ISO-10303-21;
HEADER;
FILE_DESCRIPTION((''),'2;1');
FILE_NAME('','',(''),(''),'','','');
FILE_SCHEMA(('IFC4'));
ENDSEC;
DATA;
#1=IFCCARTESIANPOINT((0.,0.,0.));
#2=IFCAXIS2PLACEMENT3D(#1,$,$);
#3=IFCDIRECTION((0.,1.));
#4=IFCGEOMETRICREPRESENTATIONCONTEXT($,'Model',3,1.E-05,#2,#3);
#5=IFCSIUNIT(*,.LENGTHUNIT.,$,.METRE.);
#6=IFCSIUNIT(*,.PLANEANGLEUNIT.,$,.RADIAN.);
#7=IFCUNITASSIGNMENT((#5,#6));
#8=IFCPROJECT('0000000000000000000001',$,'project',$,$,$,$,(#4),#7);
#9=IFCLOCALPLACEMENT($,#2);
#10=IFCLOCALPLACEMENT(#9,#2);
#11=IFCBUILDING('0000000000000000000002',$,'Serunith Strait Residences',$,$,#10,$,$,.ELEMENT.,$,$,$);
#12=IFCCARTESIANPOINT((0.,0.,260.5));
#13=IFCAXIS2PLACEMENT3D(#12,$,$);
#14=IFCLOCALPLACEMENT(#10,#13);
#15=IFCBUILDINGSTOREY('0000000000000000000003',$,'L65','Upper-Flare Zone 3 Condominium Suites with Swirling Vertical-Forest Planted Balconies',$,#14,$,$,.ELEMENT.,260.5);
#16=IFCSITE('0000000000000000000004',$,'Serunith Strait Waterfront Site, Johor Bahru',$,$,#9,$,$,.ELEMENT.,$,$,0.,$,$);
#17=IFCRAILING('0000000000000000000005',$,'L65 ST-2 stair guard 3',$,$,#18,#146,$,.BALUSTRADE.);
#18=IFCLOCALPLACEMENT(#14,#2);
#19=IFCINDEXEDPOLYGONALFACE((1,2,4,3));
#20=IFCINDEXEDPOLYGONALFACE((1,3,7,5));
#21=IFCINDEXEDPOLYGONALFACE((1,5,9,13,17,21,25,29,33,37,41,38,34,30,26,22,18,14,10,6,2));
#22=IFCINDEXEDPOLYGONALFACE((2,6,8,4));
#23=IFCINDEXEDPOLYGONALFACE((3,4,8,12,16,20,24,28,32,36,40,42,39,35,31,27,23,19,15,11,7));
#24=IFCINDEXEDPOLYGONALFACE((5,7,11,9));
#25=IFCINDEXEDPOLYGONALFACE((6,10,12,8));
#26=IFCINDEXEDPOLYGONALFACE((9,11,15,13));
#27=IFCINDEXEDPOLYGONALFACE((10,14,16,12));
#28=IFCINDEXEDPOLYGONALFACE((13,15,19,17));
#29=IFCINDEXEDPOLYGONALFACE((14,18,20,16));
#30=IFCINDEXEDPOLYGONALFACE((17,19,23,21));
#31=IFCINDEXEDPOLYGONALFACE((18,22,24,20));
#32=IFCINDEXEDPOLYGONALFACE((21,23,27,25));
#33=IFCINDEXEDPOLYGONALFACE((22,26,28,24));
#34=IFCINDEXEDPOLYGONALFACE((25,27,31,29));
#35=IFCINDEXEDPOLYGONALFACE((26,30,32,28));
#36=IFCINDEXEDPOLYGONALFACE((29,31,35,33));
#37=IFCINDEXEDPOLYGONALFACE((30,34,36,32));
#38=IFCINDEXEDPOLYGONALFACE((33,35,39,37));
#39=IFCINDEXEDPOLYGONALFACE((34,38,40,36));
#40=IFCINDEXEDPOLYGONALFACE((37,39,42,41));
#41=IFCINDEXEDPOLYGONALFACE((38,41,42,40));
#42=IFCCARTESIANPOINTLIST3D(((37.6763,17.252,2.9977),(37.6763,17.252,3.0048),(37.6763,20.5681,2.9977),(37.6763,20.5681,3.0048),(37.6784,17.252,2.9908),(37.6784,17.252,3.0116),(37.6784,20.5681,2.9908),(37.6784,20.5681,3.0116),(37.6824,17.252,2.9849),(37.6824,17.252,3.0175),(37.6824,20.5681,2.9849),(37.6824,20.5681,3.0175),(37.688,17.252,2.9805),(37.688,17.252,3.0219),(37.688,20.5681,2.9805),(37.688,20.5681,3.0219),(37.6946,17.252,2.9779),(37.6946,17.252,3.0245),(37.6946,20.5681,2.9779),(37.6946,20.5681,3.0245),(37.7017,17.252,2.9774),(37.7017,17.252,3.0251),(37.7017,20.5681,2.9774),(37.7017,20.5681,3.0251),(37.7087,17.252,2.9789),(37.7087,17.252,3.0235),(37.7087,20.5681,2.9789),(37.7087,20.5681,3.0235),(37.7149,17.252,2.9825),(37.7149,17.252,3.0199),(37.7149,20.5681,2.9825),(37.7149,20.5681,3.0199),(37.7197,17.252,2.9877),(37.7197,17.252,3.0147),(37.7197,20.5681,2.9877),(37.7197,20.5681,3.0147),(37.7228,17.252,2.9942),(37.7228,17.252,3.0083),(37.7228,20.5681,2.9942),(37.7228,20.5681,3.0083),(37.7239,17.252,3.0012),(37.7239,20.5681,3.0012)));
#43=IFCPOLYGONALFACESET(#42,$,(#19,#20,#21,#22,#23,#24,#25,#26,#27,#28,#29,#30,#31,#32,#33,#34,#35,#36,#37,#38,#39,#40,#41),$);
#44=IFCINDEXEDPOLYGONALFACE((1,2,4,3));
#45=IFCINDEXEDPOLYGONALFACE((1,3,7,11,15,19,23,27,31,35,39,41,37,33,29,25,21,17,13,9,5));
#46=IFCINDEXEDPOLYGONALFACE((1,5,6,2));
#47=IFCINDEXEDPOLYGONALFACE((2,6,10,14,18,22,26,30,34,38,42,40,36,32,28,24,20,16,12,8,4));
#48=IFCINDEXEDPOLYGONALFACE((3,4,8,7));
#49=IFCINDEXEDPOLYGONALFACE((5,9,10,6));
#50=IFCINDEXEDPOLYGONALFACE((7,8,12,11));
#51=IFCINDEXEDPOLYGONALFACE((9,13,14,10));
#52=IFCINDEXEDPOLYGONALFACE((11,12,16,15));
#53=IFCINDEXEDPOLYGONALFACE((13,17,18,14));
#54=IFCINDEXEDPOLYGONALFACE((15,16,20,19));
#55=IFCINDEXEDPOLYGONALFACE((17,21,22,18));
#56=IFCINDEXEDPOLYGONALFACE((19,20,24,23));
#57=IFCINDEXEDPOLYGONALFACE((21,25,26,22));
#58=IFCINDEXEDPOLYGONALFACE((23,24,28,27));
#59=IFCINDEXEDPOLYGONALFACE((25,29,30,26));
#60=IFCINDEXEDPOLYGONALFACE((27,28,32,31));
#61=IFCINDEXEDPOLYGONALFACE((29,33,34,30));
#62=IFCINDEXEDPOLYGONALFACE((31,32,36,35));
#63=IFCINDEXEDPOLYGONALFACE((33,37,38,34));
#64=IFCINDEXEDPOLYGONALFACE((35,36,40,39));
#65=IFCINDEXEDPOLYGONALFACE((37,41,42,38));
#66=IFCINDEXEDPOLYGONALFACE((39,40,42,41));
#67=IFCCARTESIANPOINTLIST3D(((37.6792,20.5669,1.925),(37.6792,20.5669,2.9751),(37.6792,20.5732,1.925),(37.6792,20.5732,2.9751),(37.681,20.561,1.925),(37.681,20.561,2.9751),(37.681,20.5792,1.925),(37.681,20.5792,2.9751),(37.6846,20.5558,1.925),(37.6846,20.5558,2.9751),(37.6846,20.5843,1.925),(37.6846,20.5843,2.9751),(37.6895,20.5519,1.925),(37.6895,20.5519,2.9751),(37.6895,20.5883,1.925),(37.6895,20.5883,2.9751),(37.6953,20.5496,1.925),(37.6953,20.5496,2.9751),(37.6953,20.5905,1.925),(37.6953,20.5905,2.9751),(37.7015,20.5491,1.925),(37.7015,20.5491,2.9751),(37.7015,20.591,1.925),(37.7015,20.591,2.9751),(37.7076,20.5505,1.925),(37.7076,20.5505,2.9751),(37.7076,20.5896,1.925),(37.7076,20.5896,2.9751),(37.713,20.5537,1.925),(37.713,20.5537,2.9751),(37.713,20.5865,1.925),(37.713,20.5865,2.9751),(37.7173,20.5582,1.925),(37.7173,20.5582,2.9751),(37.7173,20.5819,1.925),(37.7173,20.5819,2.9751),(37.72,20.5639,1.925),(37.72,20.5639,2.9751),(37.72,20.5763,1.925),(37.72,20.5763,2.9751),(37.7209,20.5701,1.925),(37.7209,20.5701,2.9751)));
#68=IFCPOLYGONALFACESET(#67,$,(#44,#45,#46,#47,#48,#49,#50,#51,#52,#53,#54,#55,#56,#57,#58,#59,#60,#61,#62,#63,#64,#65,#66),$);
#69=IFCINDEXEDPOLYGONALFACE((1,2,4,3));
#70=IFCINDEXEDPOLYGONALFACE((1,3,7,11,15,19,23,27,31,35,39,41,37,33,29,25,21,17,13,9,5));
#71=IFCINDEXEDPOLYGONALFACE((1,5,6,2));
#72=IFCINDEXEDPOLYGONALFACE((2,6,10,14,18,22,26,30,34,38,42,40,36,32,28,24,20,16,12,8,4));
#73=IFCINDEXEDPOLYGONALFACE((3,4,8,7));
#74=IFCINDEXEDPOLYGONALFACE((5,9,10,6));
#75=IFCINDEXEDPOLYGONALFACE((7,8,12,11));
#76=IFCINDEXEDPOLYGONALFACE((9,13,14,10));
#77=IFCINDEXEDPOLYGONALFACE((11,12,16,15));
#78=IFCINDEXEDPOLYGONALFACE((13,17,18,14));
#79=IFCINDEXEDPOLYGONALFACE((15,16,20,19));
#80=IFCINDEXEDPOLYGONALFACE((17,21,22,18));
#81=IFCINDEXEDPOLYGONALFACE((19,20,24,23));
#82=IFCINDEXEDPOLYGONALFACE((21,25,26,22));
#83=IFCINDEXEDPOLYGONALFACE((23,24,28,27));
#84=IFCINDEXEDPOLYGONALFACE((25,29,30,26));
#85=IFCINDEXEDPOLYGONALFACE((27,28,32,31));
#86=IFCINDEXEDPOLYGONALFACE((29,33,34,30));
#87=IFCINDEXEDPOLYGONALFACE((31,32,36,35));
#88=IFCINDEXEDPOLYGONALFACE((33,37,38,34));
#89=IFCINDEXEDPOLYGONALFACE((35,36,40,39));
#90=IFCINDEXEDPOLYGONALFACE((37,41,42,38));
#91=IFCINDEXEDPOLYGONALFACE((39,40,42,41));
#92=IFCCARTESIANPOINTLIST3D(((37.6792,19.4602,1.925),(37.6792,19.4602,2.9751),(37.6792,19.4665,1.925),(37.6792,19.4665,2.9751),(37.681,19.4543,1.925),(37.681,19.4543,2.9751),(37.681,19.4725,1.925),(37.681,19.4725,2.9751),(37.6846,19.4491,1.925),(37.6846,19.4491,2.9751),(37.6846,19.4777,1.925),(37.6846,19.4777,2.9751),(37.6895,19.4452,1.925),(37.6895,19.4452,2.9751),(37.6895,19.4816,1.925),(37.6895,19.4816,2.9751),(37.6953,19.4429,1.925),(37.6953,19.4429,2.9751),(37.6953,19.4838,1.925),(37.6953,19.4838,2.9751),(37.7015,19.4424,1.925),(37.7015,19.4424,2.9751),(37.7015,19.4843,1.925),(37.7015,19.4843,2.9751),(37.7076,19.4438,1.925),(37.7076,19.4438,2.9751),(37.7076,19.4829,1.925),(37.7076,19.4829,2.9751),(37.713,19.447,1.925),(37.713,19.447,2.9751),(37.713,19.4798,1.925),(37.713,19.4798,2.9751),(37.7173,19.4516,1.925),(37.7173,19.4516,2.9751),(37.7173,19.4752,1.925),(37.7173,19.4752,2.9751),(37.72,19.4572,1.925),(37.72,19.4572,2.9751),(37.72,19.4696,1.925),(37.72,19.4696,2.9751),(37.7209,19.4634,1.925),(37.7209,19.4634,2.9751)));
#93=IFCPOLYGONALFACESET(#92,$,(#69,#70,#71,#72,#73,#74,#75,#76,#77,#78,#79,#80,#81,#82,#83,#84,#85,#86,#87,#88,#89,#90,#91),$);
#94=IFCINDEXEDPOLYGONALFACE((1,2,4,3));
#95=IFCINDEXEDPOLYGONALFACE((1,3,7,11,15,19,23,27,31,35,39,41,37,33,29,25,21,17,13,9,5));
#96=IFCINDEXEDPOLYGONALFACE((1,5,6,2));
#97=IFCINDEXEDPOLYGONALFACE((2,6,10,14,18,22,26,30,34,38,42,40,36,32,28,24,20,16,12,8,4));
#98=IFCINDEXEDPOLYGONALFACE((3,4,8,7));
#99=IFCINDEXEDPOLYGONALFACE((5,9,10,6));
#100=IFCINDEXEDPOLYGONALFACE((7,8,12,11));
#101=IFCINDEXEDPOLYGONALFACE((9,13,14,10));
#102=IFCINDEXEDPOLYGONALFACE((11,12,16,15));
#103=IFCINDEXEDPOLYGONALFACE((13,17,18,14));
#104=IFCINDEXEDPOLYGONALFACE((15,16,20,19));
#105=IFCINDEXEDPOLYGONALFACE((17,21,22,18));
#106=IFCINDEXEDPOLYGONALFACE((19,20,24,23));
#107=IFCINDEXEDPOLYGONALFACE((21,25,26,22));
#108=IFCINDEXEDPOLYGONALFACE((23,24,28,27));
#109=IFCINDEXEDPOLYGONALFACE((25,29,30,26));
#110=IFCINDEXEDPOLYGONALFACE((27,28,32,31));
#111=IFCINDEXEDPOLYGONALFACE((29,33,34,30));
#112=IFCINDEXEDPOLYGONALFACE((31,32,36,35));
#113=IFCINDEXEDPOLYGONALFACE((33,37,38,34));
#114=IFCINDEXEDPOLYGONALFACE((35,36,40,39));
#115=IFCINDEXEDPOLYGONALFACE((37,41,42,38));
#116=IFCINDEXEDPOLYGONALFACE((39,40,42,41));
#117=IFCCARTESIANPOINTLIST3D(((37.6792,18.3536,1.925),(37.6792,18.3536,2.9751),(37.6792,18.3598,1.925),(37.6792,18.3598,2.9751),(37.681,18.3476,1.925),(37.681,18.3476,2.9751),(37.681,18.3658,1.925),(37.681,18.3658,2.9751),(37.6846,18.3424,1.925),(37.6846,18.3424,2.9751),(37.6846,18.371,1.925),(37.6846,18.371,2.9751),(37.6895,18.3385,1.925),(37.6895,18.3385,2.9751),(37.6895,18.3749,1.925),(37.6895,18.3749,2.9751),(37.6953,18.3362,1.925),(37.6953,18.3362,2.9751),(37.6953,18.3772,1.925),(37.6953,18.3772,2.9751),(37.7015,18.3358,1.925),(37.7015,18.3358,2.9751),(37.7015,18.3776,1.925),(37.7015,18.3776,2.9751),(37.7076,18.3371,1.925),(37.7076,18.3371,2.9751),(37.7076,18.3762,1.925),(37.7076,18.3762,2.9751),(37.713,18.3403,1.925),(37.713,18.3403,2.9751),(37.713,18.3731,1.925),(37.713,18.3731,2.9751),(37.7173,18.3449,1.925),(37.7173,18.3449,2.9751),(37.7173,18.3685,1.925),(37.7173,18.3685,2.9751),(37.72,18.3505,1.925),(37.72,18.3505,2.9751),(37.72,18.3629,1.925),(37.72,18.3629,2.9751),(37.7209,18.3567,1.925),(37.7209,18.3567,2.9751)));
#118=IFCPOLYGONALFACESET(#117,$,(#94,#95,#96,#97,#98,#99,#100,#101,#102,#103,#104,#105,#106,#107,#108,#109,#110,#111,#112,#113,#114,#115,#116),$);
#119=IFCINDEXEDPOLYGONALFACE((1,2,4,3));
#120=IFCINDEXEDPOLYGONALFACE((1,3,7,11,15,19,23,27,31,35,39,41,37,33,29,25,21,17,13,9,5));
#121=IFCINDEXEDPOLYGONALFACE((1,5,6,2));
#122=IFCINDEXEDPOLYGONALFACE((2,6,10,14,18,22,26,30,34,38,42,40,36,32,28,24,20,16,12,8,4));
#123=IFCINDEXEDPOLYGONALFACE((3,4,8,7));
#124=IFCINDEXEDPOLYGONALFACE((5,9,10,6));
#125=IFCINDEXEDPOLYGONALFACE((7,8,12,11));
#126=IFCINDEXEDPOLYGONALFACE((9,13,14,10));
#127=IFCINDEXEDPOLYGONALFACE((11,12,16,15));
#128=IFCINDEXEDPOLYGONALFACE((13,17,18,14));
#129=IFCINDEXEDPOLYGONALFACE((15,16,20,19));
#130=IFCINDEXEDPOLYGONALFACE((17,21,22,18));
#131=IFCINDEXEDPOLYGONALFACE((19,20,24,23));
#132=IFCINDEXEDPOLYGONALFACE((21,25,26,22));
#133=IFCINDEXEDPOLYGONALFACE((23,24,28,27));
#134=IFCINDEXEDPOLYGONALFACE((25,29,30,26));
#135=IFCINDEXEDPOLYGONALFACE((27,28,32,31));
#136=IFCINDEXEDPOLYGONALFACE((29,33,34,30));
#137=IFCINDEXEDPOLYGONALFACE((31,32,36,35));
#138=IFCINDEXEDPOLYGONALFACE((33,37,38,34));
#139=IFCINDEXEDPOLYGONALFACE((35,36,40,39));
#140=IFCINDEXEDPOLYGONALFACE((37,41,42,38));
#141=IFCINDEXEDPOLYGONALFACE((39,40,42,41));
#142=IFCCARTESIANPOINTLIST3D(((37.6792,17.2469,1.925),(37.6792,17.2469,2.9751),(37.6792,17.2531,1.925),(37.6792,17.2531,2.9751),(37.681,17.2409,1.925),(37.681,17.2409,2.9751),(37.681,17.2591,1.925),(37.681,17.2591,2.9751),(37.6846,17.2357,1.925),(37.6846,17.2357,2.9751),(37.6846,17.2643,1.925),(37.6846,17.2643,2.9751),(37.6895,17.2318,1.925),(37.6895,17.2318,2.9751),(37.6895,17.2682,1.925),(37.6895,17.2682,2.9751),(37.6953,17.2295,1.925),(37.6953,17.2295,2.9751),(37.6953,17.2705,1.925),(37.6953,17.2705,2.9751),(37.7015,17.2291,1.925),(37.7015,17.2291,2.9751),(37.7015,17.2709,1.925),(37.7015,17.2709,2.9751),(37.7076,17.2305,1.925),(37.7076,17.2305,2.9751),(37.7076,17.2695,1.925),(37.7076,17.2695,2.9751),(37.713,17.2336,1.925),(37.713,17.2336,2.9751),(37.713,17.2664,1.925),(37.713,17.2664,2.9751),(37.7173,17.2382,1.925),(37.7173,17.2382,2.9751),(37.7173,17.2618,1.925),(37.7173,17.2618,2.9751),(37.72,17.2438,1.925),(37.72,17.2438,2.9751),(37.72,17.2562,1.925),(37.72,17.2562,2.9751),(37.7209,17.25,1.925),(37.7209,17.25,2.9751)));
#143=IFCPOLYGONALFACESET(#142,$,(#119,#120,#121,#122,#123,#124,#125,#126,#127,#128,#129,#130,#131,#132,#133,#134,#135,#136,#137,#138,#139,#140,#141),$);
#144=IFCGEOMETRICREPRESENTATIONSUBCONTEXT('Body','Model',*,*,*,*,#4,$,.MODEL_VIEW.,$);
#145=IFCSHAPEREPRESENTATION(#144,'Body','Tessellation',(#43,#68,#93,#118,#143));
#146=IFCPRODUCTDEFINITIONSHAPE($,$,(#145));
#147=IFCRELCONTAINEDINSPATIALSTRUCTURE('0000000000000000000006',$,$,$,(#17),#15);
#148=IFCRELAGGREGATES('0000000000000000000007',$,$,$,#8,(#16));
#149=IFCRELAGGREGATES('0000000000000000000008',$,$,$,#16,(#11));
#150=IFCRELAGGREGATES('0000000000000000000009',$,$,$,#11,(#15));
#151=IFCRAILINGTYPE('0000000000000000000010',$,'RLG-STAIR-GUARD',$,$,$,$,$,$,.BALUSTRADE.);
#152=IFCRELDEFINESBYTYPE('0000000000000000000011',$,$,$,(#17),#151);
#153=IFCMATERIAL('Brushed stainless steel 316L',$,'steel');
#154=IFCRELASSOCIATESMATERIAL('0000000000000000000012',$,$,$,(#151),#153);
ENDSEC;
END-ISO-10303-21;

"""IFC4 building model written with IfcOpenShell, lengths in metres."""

from ifc_helpers import new_model, si_unit, direction, frame, origin, origin_2d, place, context, subcontext, project, spatial, circle, extrude, material, type_object, element, save


model = new_model("IFC4")

# Units and contexts
model_context = context("Model", 3, precision=1e-05, world=origin(), true_north=direction((0.0, 1.0)))
body_context = subcontext(model_context, "Body", "Model", "MODEL_VIEW")
ifc_project = project(units=[si_unit("LENGTHUNIT", "METRE"), si_unit("PLANEANGLEUNIT", "RADIAN")], contexts=[model_context])

# Site, building, storey
site_placement = place(None, origin())
site = spatial("IfcSite", under=ifc_project, at=site_placement, Name="Serunith Strait Waterfront Site, Johor Bahru", CompositionType="ELEMENT", RefElevation=0.0)
building_placement = place(site_placement, origin())
building = spatial("IfcBuilding", under=site, at=building_placement, Name="Serunith Strait Residences", CompositionType="ELEMENT")
storey_placement = place(building_placement, frame((0.0, 0.0, 260.5)))
storey = spatial("IfcBuildingStorey", under=building, at=storey_placement, Name="L65", Description="Upper-Flare Zone 3 Condominium Suites with Swirling Vertical-Forest Planted Balconies", CompositionType="ELEMENT", Elevation=260.5)

# Railing
ifc_material_1 = material(Name="Brushed stainless steel 316L", Category="steel")
railing_type_1 = type_object("IfcRailingType", Name="RLG-STAIR-GUARD", PredefinedType="BALUSTRADE", material=ifc_material_1)
for number, where, name in (
    (1, (37.7, 20.5701, 1.925), "L65 ST-2 stair guard 3"),
):
    element("IfcRailing", number, at=place(storey_placement, frame(where)), inside=storey, type_object=railing_type_1, Name=name, PredefinedType="BALUSTRADE", context=body_context, shape_type="SweptSolid", body=[
        extrude(circle(Radius=0.0239, at=origin_2d()), frame((0.0, -0.002, 1.0762), z_axis=(0.0, -1.0, 0.0), x_axis=(1.0, 0.0, 0.0)), (0.0, 0.0, 1.0), 3.3162),
        extrude(circle(Radius=0.021, at=origin_2d()), origin(), (0.0, 0.0, 1.0), 1.05),
        extrude(circle(Radius=0.021, at=origin_2d()), frame((0.0, -1.1067, 0.0)), (0.0, 0.0, 1.0), 1.05),
        extrude(circle(Radius=0.021, at=origin_2d()), frame((0.0, -2.2134, 0.0)), (0.0, 0.0, 1.0), 1.05),
        extrude(circle(Radius=0.021, at=origin_2d()), frame((0.0, -3.3201, 0.0)), (0.0, 0.0, 1.0), 1.05),
    ])

save(model, "model.ifc")
